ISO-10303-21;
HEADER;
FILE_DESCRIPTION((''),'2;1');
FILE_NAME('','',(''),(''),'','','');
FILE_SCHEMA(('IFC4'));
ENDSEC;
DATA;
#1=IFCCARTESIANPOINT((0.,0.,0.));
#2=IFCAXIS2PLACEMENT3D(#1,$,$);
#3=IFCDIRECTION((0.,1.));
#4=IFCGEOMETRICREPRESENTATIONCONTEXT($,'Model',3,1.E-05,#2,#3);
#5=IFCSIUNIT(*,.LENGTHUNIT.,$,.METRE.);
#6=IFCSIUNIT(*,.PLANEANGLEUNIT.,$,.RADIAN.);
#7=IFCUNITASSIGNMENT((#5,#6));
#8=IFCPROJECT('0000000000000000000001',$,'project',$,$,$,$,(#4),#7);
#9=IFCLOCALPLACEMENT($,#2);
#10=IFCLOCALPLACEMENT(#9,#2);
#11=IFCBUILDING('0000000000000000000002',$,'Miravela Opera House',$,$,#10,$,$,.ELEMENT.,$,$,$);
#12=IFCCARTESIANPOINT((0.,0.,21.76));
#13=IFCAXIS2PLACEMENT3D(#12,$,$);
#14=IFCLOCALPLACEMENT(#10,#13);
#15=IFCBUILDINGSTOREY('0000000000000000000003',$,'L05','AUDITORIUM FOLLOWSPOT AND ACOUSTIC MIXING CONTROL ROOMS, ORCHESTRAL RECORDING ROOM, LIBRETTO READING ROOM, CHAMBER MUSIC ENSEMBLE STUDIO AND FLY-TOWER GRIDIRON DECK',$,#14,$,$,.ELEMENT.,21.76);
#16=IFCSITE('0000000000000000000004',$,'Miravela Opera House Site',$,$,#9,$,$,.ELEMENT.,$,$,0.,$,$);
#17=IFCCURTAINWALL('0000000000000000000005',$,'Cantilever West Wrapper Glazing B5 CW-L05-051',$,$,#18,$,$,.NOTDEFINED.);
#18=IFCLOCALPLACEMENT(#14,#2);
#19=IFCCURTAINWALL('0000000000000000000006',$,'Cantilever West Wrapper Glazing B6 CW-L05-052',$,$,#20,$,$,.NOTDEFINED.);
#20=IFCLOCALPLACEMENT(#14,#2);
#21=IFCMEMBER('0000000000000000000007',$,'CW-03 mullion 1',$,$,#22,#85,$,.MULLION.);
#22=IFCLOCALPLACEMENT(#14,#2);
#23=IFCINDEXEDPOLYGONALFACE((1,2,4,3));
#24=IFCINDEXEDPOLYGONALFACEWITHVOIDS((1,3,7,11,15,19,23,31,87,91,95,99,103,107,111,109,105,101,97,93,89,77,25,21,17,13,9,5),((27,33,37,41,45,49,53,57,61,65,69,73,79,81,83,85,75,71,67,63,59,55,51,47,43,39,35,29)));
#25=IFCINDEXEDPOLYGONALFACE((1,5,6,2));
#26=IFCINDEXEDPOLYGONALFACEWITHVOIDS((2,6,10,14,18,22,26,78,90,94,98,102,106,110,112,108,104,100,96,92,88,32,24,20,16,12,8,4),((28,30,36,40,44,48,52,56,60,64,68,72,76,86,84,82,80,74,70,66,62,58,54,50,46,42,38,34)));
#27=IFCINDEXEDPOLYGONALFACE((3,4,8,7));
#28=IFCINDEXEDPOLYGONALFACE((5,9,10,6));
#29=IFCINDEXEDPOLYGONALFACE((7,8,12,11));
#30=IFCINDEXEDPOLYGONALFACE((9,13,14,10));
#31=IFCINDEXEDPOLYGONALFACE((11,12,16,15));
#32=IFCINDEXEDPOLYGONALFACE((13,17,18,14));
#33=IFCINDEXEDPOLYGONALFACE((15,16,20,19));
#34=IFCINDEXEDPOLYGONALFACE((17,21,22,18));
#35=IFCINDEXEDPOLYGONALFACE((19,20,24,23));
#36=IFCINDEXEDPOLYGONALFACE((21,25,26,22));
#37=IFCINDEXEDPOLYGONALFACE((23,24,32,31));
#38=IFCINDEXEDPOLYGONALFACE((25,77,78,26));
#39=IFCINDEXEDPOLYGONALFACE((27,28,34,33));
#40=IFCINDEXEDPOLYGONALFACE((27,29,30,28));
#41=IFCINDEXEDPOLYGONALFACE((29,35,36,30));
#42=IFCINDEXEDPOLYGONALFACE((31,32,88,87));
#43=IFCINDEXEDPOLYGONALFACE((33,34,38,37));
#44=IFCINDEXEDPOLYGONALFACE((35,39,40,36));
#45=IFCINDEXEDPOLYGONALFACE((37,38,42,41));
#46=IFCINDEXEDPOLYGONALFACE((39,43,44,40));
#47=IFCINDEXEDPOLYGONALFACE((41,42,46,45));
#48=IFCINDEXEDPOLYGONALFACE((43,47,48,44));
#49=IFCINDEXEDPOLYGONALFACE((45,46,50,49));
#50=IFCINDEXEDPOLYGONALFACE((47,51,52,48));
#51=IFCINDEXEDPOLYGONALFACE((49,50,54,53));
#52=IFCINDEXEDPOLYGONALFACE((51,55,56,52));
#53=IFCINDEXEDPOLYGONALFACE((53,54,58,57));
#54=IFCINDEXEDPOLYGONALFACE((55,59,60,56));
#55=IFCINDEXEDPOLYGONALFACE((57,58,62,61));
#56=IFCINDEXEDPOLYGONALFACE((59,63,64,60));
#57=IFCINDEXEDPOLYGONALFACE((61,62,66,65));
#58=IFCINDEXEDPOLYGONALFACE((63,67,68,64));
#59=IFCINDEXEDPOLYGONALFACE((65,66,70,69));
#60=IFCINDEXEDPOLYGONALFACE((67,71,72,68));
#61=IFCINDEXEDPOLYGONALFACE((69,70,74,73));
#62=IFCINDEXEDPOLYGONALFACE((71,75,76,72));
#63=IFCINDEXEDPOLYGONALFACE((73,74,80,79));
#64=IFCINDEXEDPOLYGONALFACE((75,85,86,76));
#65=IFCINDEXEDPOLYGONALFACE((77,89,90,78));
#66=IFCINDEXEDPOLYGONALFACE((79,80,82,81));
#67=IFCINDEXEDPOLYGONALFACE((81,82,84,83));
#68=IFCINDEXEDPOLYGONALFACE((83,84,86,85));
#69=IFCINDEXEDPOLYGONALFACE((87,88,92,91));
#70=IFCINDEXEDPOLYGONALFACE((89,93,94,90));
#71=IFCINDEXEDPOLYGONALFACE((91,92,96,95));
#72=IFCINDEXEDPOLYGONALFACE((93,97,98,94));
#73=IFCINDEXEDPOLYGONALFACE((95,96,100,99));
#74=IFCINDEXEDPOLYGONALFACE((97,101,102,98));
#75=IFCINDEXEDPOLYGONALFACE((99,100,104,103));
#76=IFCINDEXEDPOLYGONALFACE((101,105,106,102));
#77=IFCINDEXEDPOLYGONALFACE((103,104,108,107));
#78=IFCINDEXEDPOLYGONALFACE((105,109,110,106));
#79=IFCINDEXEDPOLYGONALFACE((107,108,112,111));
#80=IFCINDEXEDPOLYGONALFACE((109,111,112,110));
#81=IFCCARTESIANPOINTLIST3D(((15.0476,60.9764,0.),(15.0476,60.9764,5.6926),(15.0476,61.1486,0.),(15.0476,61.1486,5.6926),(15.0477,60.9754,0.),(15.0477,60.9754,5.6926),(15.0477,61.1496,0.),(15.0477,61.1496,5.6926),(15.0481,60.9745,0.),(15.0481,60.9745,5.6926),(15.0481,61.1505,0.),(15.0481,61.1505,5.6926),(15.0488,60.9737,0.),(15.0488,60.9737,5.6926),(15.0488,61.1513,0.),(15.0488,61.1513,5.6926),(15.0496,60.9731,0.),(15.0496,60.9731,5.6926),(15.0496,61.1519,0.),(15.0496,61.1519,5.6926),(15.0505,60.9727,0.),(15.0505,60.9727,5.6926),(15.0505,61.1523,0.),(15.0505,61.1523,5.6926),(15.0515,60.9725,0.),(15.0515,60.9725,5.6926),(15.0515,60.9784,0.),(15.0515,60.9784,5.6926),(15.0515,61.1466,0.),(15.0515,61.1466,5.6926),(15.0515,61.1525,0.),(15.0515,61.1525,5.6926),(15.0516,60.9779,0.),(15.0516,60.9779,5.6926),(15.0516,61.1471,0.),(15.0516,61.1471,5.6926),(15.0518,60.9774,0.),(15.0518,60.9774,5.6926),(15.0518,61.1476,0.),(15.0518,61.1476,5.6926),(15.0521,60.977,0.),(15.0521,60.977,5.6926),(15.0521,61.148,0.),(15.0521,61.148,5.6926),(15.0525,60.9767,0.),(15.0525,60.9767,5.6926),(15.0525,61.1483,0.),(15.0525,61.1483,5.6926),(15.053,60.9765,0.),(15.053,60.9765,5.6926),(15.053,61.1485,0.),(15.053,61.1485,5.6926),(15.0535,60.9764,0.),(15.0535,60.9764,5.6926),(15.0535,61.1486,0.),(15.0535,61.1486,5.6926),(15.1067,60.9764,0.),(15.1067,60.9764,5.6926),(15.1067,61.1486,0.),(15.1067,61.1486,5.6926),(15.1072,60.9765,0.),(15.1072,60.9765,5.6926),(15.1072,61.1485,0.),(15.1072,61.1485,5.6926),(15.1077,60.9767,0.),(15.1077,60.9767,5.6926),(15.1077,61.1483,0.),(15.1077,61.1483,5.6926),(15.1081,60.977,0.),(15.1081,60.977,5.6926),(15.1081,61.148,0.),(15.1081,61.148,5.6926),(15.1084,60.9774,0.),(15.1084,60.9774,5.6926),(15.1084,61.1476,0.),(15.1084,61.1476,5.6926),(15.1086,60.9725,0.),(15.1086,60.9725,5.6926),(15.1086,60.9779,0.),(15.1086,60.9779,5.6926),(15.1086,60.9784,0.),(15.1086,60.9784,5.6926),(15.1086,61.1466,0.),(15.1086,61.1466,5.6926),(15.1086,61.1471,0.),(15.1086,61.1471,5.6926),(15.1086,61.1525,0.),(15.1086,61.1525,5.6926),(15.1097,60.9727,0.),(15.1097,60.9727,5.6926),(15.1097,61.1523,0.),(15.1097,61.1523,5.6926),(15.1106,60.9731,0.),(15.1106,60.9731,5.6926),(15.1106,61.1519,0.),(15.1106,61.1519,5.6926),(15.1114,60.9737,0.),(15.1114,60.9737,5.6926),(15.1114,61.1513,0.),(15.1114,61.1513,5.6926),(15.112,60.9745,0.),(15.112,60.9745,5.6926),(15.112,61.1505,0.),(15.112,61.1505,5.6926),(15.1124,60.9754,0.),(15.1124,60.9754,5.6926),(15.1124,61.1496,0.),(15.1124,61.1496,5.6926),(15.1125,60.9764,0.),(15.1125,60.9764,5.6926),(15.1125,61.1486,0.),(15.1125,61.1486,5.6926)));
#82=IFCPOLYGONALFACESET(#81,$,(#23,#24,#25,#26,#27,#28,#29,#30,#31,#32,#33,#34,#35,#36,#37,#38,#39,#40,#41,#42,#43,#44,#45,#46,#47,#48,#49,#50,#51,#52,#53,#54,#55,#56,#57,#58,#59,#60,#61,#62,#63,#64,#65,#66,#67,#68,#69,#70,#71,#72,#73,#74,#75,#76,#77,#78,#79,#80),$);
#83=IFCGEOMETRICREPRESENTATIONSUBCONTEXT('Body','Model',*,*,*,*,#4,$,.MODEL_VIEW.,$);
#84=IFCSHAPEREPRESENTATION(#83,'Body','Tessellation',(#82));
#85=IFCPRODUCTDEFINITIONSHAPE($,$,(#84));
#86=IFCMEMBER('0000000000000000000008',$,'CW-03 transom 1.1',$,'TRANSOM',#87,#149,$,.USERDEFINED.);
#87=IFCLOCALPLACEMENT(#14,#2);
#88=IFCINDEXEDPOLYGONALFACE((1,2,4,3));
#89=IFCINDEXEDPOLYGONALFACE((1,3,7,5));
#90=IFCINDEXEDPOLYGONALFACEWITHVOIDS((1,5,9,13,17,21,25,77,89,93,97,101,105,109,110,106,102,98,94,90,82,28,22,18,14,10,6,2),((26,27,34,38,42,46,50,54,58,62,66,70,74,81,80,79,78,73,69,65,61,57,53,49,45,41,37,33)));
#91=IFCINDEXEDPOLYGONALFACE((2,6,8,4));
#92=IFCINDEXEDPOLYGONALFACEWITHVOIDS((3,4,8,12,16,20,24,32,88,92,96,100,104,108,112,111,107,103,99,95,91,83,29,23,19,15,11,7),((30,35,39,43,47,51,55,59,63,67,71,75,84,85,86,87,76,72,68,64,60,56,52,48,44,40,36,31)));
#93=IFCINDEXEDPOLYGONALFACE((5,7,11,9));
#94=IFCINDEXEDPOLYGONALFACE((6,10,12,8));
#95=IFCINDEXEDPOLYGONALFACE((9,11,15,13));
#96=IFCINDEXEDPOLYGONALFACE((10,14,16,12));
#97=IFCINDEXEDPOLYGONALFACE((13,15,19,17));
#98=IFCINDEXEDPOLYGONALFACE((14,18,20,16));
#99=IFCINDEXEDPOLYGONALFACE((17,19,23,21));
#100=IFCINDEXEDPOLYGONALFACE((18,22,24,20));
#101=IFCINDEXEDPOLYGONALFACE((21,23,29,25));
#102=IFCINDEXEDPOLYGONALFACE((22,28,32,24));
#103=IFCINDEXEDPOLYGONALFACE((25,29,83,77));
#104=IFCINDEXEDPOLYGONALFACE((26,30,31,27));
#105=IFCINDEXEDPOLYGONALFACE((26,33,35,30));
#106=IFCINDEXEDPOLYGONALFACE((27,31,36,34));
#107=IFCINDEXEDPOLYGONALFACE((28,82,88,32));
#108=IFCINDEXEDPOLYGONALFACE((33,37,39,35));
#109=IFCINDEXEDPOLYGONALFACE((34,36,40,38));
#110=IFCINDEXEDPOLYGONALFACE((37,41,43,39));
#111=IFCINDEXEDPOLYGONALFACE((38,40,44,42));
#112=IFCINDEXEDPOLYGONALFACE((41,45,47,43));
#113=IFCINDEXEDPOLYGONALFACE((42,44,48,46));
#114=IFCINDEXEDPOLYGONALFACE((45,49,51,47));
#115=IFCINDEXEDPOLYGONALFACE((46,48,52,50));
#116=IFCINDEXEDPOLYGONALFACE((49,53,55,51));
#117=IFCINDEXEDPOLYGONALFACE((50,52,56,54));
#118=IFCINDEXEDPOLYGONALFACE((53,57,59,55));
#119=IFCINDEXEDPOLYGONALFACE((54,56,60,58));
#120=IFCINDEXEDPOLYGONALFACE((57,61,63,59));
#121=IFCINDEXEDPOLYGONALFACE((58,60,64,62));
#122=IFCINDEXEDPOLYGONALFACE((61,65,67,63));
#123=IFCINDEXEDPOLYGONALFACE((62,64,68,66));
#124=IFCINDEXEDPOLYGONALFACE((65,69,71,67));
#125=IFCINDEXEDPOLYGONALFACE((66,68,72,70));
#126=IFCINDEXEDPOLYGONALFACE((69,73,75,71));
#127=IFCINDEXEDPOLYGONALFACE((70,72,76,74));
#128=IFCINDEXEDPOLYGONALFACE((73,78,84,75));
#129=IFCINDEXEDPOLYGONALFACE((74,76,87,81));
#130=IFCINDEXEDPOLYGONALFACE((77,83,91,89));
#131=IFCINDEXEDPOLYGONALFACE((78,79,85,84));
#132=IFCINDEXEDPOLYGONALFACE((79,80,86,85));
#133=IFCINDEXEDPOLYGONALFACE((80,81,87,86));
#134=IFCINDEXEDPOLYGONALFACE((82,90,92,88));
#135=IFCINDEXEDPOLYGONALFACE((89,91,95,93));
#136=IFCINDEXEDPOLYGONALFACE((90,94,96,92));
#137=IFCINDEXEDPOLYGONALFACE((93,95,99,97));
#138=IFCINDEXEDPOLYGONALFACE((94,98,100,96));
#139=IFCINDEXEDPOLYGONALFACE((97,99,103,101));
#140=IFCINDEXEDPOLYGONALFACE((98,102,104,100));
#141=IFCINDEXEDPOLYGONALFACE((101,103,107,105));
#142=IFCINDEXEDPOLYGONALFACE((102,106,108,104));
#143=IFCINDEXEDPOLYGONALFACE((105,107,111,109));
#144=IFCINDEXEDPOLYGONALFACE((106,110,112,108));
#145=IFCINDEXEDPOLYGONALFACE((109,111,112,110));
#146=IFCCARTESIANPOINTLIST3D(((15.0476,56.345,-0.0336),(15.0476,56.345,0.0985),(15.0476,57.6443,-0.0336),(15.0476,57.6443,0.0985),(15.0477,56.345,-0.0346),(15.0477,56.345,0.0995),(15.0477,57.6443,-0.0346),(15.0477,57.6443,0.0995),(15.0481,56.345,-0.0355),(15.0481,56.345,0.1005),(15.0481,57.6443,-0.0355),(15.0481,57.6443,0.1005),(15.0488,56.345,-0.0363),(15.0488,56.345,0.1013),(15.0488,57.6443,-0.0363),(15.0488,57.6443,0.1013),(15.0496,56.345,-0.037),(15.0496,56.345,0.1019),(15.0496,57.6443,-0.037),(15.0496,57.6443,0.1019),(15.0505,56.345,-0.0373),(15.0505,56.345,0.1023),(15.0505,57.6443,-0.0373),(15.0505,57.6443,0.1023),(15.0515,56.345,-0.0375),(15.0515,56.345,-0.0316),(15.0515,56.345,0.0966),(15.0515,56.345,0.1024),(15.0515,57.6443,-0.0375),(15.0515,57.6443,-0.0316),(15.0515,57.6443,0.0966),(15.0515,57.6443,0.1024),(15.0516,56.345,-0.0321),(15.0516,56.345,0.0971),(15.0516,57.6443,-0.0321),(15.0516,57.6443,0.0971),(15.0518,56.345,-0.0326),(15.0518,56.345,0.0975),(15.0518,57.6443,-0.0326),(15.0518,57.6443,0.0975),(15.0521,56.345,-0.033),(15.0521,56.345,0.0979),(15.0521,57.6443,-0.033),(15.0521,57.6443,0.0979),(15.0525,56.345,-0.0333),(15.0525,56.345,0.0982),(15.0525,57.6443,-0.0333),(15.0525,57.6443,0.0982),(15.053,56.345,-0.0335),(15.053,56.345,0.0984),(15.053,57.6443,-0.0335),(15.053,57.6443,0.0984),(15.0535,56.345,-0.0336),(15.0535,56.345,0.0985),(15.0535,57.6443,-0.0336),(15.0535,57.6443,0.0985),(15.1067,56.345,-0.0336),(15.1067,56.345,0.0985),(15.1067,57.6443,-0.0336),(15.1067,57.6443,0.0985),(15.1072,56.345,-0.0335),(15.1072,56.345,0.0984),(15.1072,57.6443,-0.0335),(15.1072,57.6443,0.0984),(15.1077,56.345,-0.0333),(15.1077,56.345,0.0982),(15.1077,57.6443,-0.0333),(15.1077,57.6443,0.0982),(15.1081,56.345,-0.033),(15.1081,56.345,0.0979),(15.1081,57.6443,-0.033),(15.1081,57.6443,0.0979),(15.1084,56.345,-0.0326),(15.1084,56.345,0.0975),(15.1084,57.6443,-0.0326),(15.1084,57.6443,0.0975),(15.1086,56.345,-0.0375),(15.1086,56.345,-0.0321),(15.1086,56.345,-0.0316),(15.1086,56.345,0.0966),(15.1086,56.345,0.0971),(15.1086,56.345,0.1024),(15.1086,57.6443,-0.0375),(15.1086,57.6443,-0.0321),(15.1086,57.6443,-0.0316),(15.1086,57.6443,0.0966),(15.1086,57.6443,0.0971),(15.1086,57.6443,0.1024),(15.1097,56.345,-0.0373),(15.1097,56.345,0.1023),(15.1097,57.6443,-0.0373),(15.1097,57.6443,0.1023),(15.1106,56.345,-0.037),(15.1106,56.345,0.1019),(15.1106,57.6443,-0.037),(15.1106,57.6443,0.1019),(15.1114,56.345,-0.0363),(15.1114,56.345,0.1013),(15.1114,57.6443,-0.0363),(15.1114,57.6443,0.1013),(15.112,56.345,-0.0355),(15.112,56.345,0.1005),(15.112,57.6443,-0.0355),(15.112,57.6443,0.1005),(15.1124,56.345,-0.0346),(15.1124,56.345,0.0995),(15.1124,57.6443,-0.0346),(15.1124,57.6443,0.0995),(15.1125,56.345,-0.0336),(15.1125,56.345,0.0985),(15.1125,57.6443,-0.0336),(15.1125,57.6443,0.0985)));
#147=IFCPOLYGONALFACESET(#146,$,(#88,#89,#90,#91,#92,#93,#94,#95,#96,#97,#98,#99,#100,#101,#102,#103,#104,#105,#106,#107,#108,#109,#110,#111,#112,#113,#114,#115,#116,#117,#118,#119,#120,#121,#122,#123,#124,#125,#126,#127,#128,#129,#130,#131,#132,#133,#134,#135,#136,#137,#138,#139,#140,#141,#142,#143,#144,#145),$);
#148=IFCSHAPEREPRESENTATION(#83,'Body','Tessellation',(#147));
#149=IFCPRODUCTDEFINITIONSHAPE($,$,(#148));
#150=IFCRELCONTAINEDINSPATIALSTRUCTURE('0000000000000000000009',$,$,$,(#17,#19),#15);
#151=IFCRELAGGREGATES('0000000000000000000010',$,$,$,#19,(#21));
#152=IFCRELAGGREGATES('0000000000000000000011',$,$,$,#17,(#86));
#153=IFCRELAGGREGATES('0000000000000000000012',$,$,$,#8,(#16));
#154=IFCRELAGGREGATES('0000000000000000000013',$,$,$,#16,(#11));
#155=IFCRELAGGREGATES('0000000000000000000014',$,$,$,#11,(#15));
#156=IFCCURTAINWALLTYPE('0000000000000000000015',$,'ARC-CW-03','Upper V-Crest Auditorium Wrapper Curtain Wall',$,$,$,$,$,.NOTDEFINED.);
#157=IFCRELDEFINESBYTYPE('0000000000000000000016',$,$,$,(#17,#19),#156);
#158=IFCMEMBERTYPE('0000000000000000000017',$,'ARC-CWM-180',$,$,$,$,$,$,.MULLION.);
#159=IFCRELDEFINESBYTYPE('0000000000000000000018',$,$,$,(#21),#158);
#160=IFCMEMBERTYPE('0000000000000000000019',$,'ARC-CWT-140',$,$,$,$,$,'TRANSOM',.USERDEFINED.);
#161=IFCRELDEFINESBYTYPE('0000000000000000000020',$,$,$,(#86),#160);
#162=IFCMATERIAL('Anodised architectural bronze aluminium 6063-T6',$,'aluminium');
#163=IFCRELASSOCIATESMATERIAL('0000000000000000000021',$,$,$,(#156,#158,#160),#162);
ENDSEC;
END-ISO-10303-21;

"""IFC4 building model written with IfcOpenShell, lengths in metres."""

from ifc_helpers import new_model, si_unit, direction, frame, origin, origin_2d, place, context, subcontext, project, spatial, hollow_rectangle, extrude, material, material_profile, profile_set, type_object, element, aggregate, save


model = new_model("IFC4")

# Units and contexts
model_context = context("Model", 3, precision=1e-05, world=origin(), true_north=direction((0.0, 1.0)))
body_context = subcontext(model_context, "Body", "Model", "MODEL_VIEW")
ifc_project = project(units=[si_unit("LENGTHUNIT", "METRE"), si_unit("PLANEANGLEUNIT", "RADIAN")], contexts=[model_context])

# Site, building, storey
site_placement = place(None, origin())
site = spatial("IfcSite", under=ifc_project, at=site_placement, Name="Miravela Opera House Site", CompositionType="ELEMENT", RefElevation=0.0)
building_placement = place(site_placement, origin())
building = spatial("IfcBuilding", under=site, at=building_placement, Name="Miravela Opera House", CompositionType="ELEMENT")
storey_placement = place(building_placement, frame((0.0, 0.0, 21.76)))
storey = spatial("IfcBuildingStorey", under=building, at=storey_placement, Name="L05", Description="AUDITORIUM FOLLOWSPOT AND ACOUSTIC MIXING CONTROL ROOMS, ORCHESTRAL RECORDING ROOM, LIBRETTO READING ROOM, CHAMBER MUSIC ENSEMBLE STUDIO AND FLY-TOWER GRIDIRON DECK", CompositionType="ELEMENT", Elevation=21.76)

# Curtain wall
ifc_material_1 = material(Name="Anodised architectural bronze aluminium 6063-T6", Category="aluminium")
curtain_wall_type = type_object("IfcCurtainWallType", Name="ARC-CW-03", Description="Upper V-Crest Auditorium Wrapper Curtain Wall", PredefinedType="NOTDEFINED", material=ifc_material_1)
curtain_wall_1_placement = place(storey_placement, origin())
curtain_wall_1 = element("IfcCurtainWall", 1, at=curtain_wall_1_placement, inside=storey, type_object=curtain_wall_type, Name="Cantilever West Wrapper Glazing B5 CW-L05-051", PredefinedType="NOTDEFINED")
ifc_material_profile_1 = material_profile(ifc_material_1, hollow_rectangle(XDim=0.0649, YDim=0.1799, WallThickness=0.0039, InnerFilletRadius=0.002, OuterFilletRadius=0.0039, at=origin_2d()), Name="CWM-65X180")
ifc_profile_set_1 = profile_set([ifc_material_profile_1])
member_type_1 = type_object("IfcMemberType", Name="ARC-CWM-180", PredefinedType="MULLION", material=ifc_profile_set_1)

# Curtain wall, member
curtain_wall_2_placement = place(storey_placement, origin())
curtain_wall_2 = element("IfcCurtainWall", 2, at=curtain_wall_2_placement, inside=storey, type_object=curtain_wall_type, Name="Cantilever West Wrapper Glazing B6 CW-L05-052", PredefinedType="NOTDEFINED")
member_1_placement = place(storey_placement, frame((15.0801, 61.0625, 0.0), z_axis=(0.0, 0.0, 1.0), x_axis=(-1.0, 0.0, 0.0)))
member_1 = element("IfcMember", 3, at=member_1_placement, type_object=member_type_1, Name="CW-03 mullion 1", PredefinedType="MULLION", context=body_context, shape_type="SweptSolid", body=[
    extrude(hollow_rectangle(XDim=0.0649, YDim=0.1799, WallThickness=0.0039, InnerFilletRadius=0.002, OuterFilletRadius=0.0039, at=origin_2d()), origin(), (0.0, 0.0, 1.0), 5.6926),
])

# Member
ifc_material_profile_2 = material_profile(ifc_material_1, hollow_rectangle(XDim=0.0649, YDim=0.1399, WallThickness=0.0039, InnerFilletRadius=0.002, OuterFilletRadius=0.0039, at=origin_2d()), Name="CWT-65X140")
ifc_profile_set_2 = profile_set([ifc_material_profile_2])
member_type_2 = type_object("IfcMemberType", Name="ARC-CWT-140", ElementType="TRANSOM", PredefinedType="USERDEFINED", material=ifc_profile_set_2)
member_2_placement = place(storey_placement, frame((15.0801, 56.345, 0.0325), z_axis=(0.0, 1.0, 0.0), x_axis=(-1.0, 0.0, 0.0)))
member_2 = element("IfcMember", 4, at=member_2_placement, type_object=member_type_2, Name="CW-03 transom 1.1", ObjectType="TRANSOM", PredefinedType="USERDEFINED", context=body_context, shape_type="SweptSolid", body=[
    extrude(hollow_rectangle(XDim=0.0649, YDim=0.1399, WallThickness=0.0039, InnerFilletRadius=0.002, OuterFilletRadius=0.0039, at=origin_2d()), origin(), (0.0, 0.0, 1.0), 1.2993),
])
aggregate(curtain_wall_2, [member_1])

aggregate(curtain_wall_1, [member_2])

save(model, "model.ifc")
